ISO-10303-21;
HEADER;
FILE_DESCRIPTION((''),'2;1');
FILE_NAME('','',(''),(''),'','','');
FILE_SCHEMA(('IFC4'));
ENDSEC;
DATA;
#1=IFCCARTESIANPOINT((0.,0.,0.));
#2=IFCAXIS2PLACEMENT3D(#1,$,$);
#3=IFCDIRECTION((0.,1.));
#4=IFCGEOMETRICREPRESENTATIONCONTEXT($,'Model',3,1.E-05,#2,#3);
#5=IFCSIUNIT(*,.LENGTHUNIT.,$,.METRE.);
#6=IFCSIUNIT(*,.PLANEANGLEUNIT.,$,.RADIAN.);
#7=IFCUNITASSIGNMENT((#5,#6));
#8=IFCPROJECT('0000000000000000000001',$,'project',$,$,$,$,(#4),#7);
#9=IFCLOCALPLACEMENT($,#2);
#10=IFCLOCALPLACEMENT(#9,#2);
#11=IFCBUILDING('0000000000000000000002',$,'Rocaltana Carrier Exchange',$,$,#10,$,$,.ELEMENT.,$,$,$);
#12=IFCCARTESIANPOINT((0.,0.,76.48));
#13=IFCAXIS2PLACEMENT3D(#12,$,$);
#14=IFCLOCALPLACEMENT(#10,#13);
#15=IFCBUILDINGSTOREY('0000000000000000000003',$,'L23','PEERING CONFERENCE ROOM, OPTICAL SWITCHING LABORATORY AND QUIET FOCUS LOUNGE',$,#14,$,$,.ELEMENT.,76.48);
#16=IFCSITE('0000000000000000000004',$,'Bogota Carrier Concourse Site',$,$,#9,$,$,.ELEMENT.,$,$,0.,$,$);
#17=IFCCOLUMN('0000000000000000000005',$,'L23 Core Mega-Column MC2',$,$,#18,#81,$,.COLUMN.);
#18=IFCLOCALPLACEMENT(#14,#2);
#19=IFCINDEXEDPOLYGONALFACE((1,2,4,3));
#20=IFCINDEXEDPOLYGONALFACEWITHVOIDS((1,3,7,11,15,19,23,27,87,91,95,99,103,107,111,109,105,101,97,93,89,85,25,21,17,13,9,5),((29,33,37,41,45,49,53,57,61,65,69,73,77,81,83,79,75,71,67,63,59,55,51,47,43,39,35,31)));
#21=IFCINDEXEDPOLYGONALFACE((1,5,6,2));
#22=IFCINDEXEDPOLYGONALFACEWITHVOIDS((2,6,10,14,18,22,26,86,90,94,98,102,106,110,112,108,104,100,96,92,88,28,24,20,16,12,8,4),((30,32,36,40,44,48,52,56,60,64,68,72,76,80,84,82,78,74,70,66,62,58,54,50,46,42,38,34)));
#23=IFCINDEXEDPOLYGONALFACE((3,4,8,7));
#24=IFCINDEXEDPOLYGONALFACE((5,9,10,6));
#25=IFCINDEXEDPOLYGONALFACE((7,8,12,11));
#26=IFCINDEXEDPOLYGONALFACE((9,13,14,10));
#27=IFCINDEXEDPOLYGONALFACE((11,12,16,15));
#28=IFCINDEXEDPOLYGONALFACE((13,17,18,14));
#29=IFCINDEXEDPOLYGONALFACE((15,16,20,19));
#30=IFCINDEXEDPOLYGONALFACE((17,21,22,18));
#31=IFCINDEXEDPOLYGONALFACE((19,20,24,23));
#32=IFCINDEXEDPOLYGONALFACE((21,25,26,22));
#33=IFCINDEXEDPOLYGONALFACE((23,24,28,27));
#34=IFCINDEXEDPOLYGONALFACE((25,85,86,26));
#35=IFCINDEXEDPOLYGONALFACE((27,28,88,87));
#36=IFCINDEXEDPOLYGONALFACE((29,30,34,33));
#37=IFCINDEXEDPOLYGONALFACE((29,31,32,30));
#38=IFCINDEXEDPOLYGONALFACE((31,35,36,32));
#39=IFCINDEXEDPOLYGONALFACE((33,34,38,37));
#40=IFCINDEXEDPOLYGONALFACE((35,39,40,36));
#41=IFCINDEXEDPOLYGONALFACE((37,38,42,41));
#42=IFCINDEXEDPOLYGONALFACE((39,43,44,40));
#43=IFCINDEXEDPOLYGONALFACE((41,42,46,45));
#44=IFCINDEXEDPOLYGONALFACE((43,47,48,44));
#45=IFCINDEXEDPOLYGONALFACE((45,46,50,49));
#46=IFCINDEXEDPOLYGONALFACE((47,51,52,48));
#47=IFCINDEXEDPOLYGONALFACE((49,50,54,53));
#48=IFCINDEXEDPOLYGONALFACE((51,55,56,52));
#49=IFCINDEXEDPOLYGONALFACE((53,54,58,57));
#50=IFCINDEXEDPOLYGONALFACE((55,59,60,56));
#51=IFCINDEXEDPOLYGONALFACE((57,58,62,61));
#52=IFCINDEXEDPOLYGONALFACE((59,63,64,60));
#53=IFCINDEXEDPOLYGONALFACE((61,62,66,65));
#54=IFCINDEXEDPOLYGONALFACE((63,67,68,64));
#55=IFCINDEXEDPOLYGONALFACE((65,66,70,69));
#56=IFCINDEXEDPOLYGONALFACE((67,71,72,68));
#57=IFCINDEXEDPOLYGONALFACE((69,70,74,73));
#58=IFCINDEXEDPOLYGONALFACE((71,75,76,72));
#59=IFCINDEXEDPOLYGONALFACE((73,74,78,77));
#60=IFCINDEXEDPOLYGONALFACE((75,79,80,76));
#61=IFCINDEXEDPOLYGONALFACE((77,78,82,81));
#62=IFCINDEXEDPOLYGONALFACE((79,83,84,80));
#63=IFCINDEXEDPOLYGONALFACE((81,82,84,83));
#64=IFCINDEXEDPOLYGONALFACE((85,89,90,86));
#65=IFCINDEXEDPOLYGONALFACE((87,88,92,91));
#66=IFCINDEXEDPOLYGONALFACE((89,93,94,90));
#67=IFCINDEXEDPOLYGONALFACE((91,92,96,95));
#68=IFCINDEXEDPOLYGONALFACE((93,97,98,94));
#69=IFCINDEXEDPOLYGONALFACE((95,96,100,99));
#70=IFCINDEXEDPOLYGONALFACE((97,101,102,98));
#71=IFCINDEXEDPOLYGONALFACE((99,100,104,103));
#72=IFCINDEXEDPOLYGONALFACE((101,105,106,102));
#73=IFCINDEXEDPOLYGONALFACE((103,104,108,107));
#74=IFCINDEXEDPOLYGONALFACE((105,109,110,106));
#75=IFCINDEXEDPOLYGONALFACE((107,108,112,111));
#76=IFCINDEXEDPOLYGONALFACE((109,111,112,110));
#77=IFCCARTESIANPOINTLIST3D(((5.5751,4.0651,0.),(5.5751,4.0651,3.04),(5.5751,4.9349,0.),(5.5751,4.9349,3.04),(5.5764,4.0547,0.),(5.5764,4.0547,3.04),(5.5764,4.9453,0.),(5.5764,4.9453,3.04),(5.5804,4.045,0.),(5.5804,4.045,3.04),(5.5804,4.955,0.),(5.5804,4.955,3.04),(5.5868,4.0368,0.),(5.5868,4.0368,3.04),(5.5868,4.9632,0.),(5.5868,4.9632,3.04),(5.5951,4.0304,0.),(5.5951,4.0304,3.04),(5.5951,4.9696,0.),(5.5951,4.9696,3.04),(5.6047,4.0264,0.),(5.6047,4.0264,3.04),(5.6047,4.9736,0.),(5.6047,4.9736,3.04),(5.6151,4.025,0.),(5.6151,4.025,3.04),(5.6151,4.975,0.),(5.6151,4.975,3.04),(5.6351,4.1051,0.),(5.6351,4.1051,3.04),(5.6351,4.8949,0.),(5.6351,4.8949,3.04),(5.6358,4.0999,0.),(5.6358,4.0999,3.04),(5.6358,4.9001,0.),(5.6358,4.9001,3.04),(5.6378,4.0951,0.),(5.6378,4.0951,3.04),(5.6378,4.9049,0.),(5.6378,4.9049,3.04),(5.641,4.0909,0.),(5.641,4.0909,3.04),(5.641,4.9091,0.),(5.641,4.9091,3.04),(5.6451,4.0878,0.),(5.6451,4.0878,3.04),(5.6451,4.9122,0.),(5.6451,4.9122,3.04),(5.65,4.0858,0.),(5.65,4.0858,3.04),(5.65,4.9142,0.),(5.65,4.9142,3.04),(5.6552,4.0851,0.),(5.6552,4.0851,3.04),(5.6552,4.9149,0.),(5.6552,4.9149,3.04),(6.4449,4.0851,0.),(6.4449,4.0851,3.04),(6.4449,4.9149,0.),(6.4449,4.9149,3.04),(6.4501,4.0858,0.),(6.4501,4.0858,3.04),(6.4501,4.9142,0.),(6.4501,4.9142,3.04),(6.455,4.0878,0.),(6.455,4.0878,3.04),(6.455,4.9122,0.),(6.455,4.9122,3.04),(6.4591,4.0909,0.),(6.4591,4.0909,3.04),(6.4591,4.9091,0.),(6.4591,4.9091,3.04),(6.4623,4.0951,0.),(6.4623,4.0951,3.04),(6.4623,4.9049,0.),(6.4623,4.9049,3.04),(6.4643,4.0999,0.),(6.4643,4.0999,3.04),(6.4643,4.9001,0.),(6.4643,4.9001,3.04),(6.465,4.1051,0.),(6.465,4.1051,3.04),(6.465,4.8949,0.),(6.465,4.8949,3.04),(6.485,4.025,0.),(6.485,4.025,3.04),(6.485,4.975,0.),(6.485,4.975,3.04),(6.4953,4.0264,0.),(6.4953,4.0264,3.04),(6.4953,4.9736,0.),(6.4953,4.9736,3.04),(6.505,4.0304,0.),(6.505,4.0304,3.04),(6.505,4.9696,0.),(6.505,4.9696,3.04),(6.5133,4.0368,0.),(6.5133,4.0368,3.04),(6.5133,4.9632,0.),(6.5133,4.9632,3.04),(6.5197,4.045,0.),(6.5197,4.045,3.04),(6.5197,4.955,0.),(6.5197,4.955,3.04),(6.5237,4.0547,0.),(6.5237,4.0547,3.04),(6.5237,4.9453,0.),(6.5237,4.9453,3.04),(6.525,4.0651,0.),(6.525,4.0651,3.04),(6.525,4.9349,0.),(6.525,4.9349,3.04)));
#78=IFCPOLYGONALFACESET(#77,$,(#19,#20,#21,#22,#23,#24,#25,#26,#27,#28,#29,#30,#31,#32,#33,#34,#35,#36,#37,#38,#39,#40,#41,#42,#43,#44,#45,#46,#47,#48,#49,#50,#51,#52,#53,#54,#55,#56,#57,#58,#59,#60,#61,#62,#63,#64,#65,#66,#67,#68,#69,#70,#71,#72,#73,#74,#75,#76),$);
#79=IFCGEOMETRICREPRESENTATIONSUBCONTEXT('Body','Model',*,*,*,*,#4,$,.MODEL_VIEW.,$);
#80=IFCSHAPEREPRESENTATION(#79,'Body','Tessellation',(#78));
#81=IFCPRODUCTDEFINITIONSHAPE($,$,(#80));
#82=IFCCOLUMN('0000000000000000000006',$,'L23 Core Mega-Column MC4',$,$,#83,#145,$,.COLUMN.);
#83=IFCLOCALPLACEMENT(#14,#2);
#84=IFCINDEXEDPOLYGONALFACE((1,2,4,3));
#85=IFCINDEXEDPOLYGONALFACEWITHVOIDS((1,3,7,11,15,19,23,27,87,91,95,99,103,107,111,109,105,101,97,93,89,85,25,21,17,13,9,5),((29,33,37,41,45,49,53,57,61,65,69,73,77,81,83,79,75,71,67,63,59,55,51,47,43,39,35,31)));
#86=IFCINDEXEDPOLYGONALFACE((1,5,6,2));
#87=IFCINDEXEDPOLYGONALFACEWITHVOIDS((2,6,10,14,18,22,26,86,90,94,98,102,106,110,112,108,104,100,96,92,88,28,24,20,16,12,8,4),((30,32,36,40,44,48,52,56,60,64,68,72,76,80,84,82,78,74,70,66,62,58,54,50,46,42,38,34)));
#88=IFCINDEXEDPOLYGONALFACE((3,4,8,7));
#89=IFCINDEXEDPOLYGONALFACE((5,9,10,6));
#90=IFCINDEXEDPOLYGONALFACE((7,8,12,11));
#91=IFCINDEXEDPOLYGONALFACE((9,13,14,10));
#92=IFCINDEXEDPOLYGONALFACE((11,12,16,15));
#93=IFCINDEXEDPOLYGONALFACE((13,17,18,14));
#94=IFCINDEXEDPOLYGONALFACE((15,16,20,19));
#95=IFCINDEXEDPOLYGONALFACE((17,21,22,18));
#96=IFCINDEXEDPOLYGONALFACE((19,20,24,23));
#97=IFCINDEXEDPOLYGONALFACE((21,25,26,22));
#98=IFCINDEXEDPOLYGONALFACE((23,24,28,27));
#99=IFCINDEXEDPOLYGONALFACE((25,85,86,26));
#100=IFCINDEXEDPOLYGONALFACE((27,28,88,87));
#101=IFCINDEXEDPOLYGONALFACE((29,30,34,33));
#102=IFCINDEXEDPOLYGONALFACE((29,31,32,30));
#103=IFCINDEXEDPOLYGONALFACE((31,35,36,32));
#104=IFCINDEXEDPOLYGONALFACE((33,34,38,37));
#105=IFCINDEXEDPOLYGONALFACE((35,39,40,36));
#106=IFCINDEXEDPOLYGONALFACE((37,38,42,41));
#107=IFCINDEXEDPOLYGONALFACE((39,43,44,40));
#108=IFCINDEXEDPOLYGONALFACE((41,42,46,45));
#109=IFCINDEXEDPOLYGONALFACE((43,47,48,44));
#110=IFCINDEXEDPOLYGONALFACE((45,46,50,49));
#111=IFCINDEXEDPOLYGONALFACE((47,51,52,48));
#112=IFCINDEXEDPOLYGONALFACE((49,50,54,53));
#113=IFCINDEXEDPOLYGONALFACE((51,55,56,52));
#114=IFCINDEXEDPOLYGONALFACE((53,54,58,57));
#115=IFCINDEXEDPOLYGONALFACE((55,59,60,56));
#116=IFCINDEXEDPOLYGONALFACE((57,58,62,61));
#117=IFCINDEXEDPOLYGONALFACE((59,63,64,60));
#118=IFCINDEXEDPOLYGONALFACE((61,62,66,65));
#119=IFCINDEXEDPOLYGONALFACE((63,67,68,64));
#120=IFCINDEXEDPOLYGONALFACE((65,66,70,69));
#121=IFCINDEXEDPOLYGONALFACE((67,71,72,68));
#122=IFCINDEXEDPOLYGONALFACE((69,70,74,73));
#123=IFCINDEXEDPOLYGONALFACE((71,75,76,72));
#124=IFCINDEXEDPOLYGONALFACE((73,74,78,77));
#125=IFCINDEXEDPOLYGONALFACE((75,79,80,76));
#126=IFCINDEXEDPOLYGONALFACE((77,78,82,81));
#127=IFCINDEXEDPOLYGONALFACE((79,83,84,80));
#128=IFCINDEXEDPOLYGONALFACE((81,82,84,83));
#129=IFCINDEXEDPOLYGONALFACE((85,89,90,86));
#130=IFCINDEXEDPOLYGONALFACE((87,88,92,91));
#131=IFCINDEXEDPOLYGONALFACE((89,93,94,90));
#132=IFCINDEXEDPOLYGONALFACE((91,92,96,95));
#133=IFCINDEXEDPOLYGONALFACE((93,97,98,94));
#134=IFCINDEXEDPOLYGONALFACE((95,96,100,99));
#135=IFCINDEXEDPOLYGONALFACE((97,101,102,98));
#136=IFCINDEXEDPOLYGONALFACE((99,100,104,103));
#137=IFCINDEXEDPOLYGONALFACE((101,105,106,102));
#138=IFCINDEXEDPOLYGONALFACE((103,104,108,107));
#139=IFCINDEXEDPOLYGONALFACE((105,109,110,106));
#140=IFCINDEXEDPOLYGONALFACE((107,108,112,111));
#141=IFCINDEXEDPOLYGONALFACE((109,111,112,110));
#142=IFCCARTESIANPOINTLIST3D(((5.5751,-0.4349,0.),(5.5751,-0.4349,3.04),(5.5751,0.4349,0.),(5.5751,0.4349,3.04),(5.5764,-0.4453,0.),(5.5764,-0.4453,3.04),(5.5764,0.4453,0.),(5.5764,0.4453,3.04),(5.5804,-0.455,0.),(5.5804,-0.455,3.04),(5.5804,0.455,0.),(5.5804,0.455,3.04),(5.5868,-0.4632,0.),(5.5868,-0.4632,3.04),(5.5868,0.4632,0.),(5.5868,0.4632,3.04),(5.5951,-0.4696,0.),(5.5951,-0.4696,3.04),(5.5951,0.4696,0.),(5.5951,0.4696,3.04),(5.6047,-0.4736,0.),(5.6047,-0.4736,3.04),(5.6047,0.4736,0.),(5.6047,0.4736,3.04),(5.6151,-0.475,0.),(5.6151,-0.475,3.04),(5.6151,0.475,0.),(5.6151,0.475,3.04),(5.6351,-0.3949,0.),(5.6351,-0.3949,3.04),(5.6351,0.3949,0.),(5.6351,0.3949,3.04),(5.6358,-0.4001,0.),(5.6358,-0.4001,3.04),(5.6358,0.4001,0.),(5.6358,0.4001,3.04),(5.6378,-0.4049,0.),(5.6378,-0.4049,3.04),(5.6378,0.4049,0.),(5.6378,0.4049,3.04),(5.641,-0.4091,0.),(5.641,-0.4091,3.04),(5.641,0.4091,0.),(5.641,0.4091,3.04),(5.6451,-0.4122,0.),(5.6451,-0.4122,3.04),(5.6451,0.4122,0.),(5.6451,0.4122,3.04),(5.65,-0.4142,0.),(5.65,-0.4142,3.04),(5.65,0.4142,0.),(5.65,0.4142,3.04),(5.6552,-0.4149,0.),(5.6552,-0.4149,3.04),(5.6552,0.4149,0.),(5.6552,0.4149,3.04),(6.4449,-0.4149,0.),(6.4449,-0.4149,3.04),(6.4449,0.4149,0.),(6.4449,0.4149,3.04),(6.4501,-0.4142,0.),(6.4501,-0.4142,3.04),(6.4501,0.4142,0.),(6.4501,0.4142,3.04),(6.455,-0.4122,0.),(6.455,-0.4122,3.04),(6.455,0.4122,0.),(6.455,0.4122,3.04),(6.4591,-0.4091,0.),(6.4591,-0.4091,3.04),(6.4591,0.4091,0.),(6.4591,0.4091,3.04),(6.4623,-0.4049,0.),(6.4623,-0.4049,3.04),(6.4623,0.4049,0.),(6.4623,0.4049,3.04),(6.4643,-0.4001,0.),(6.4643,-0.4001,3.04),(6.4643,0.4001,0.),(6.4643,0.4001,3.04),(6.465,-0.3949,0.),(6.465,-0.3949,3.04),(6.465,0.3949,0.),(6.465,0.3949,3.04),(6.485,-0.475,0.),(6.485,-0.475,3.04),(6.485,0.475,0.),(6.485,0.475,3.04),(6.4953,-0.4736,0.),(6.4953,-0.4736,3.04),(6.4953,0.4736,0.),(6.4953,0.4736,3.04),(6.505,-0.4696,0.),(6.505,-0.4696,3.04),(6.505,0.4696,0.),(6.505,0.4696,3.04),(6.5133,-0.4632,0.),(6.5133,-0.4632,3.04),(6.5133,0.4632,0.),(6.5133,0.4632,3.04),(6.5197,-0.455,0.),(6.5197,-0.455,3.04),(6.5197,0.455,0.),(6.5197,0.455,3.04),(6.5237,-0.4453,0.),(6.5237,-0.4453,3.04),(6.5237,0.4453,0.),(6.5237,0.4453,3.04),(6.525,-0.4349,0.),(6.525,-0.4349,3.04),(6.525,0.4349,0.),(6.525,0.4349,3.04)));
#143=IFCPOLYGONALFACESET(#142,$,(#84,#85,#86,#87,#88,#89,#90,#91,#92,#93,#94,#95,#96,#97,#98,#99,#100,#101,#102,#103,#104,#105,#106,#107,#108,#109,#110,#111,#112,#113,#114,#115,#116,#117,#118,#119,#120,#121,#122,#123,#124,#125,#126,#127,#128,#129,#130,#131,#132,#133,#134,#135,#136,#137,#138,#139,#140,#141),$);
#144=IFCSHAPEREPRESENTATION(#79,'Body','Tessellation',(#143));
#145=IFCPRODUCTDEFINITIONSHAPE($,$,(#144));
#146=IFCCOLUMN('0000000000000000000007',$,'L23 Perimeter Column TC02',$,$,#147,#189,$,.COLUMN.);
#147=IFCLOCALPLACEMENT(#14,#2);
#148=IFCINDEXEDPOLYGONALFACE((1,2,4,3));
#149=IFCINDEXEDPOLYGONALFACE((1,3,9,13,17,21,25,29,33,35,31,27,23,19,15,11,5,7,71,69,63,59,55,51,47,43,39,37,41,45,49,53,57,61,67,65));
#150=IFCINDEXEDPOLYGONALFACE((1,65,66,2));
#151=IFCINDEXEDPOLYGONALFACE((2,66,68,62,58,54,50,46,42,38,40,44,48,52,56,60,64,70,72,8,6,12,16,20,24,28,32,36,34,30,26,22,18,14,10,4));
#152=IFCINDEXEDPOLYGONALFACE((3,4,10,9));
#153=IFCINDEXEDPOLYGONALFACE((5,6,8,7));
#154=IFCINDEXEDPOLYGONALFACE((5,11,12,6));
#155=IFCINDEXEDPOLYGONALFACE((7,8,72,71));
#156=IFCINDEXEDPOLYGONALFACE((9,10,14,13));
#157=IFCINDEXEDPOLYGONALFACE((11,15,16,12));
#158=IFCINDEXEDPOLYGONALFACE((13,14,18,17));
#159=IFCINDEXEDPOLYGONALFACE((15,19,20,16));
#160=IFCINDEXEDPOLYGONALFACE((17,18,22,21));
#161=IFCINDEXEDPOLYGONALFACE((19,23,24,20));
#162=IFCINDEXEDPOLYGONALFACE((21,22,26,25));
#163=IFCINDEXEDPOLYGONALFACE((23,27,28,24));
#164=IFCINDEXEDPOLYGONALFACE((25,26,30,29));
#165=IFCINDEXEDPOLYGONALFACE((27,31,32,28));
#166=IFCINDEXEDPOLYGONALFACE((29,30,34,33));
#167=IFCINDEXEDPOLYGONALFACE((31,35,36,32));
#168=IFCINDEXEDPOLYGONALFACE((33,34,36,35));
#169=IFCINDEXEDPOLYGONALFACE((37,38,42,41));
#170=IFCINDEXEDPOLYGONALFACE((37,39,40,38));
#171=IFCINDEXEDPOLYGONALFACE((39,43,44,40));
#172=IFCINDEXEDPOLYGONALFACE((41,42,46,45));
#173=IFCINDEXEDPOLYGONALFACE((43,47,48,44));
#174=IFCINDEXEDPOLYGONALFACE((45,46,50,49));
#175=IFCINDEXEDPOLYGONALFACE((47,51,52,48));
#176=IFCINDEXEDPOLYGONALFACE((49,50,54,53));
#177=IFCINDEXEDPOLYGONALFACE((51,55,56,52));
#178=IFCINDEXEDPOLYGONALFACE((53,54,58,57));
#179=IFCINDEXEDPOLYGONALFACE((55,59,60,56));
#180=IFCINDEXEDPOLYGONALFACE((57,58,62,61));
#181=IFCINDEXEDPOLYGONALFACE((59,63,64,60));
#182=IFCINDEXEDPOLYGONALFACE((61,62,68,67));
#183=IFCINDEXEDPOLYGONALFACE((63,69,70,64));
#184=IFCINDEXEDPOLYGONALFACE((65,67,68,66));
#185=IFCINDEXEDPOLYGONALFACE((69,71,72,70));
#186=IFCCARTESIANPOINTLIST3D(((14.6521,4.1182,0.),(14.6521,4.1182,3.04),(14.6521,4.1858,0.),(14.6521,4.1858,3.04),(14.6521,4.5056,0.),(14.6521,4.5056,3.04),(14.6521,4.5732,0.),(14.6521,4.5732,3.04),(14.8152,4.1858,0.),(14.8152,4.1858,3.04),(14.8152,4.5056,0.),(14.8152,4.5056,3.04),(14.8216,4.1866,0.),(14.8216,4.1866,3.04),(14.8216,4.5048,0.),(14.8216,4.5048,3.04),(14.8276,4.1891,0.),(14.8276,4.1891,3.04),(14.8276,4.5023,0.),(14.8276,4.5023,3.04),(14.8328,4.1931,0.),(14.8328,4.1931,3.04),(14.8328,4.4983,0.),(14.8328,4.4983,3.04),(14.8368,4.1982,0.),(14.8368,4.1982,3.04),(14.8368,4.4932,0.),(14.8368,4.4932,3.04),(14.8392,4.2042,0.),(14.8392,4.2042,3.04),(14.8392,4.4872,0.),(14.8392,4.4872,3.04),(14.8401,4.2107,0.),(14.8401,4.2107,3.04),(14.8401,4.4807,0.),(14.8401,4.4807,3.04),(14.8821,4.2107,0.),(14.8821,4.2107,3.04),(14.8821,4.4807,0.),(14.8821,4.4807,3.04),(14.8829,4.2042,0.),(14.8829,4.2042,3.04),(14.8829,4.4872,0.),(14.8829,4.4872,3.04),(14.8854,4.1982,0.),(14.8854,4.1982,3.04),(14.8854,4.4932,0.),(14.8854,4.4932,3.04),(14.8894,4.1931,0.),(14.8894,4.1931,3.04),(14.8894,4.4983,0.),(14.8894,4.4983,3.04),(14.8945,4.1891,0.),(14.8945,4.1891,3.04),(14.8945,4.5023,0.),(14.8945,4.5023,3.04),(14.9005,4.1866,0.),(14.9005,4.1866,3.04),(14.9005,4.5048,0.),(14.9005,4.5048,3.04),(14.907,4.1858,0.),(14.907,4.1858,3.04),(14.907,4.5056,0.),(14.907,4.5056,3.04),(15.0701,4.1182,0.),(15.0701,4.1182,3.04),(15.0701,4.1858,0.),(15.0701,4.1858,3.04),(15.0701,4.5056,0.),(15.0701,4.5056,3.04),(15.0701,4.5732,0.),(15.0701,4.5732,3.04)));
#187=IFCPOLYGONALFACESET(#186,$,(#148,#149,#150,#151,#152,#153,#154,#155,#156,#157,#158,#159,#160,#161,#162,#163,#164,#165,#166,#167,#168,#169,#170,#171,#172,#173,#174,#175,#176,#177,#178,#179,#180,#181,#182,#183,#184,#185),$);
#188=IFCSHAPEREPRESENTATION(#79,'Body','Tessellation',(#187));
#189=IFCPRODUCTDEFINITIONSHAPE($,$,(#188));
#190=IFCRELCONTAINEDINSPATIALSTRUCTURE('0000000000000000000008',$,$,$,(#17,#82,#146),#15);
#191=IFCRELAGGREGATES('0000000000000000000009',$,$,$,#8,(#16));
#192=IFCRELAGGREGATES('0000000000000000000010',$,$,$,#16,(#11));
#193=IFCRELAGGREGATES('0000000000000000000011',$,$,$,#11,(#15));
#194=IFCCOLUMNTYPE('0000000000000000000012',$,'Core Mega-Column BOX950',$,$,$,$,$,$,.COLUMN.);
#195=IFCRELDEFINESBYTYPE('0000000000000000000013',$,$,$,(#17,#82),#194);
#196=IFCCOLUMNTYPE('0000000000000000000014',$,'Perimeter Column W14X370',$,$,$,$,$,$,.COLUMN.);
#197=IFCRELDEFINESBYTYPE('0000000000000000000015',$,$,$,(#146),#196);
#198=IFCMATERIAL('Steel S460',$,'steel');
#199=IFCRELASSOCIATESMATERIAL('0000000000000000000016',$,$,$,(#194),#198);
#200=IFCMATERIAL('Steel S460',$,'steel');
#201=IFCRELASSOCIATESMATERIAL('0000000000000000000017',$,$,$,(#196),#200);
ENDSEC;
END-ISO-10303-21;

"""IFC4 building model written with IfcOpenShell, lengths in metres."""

from ifc_helpers import new_model, si_unit, direction, frame, origin, origin_2d, place, context, subcontext, project, spatial, hollow_rectangle, i_section, extrude, material, material_profile, profile_set, type_object, element, save


model = new_model("IFC4")

# Units and contexts
model_context = context("Model", 3, precision=1e-05, world=origin(), true_north=direction((0.0, 1.0)))
body_context = subcontext(model_context, "Body", "Model", "MODEL_VIEW")
ifc_project = project(units=[si_unit("LENGTHUNIT", "METRE"), si_unit("PLANEANGLEUNIT", "RADIAN")], contexts=[model_context])

# Site, building, storey
site_placement = place(None, origin())
site = spatial("IfcSite", under=ifc_project, at=site_placement, Name="Bogota Carrier Concourse Site", CompositionType="ELEMENT", RefElevation=0.0)
building_placement = place(site_placement, origin())
building = spatial("IfcBuilding", under=site, at=building_placement, Name="Rocaltana Carrier Exchange", CompositionType="ELEMENT")
storey_placement = place(building_placement, frame((0.0, 0.0, 76.48)))
storey = spatial("IfcBuildingStorey", under=building, at=storey_placement, Name="L23", Description="PEERING CONFERENCE ROOM, OPTICAL SWITCHING LABORATORY AND QUIET FOCUS LOUNGE", CompositionType="ELEMENT", Elevation=76.48)

# Columns
ifc_material_1 = material(Name="Steel S460", Category="steel")
ifc_material_profile_1 = material_profile(ifc_material_1, hollow_rectangle(XDim=0.95, YDim=0.95, WallThickness=0.0601, InnerFilletRadius=0.02, OuterFilletRadius=0.04, at=origin_2d()), Name="BOX950X950X60")
ifc_profile_set_1 = profile_set([ifc_material_profile_1], Name="Steel S460")
column_type_1 = type_object("IfcColumnType", Name="Core Mega-Column BOX950", PredefinedType="COLUMN", material=ifc_profile_set_1)
for number, where, z_axis, x_axis, name in (
    (1, (6.05, 4.5, 0.0), (0.0, 0.0, 1.0), (1.0, 0.0, 0.0), "L23 Core Mega-Column MC2"),
    (2, (6.05, 0.0, 0.0), (0.0, 0.0, 1.0), (1.0, 0.0, 0.0), "L23 Core Mega-Column MC4"),
):
    element("IfcColumn", number, at=place(storey_placement, frame(where, z_axis=z_axis, x_axis=x_axis)), inside=storey, type_object=column_type_1, Name=name, PredefinedType="COLUMN", context=body_context, shape_type="SweptSolid", body=[
        extrude(hollow_rectangle(XDim=0.95, YDim=0.95, WallThickness=0.0601, InnerFilletRadius=0.02, OuterFilletRadius=0.04, at=origin_2d()), origin(), (0.0, 0.0, 1.0), 3.04),
    ])
ifc_material_2 = material(Name="Steel S460", Category="steel")
ifc_material_profile_2 = material_profile(ifc_material_2, i_section(OverallWidth=0.418, OverallDepth=0.4551, WebThickness=0.042, FlangeThickness=0.0676, FilletRadius=0.0249, at=origin_2d()), Name="W14X370")
ifc_profile_set_2 = profile_set([ifc_material_profile_2], Name="Steel S460")
column_type_2 = type_object("IfcColumnType", Name="Perimeter Column W14X370", PredefinedType="COLUMN", material=ifc_profile_set_2)
column_placement = place(storey_placement, frame((14.8611, 4.3457, 0.0), z_axis=(0.0, 0.0, 1.0), x_axis=(1.0, 0.0, 0.0)))
element("IfcColumn", 3, at=column_placement, inside=storey, type_object=column_type_2, Name="L23 Perimeter Column TC02", PredefinedType="COLUMN", context=body_context, shape_type="SweptSolid", body=[
    extrude(i_section(OverallWidth=0.418, OverallDepth=0.4551, WebThickness=0.042, FlangeThickness=0.0676, FilletRadius=0.0249, at=origin_2d()), origin(), (0.0, 0.0, 1.0), 3.04),
])

save(model, "model.ifc")
